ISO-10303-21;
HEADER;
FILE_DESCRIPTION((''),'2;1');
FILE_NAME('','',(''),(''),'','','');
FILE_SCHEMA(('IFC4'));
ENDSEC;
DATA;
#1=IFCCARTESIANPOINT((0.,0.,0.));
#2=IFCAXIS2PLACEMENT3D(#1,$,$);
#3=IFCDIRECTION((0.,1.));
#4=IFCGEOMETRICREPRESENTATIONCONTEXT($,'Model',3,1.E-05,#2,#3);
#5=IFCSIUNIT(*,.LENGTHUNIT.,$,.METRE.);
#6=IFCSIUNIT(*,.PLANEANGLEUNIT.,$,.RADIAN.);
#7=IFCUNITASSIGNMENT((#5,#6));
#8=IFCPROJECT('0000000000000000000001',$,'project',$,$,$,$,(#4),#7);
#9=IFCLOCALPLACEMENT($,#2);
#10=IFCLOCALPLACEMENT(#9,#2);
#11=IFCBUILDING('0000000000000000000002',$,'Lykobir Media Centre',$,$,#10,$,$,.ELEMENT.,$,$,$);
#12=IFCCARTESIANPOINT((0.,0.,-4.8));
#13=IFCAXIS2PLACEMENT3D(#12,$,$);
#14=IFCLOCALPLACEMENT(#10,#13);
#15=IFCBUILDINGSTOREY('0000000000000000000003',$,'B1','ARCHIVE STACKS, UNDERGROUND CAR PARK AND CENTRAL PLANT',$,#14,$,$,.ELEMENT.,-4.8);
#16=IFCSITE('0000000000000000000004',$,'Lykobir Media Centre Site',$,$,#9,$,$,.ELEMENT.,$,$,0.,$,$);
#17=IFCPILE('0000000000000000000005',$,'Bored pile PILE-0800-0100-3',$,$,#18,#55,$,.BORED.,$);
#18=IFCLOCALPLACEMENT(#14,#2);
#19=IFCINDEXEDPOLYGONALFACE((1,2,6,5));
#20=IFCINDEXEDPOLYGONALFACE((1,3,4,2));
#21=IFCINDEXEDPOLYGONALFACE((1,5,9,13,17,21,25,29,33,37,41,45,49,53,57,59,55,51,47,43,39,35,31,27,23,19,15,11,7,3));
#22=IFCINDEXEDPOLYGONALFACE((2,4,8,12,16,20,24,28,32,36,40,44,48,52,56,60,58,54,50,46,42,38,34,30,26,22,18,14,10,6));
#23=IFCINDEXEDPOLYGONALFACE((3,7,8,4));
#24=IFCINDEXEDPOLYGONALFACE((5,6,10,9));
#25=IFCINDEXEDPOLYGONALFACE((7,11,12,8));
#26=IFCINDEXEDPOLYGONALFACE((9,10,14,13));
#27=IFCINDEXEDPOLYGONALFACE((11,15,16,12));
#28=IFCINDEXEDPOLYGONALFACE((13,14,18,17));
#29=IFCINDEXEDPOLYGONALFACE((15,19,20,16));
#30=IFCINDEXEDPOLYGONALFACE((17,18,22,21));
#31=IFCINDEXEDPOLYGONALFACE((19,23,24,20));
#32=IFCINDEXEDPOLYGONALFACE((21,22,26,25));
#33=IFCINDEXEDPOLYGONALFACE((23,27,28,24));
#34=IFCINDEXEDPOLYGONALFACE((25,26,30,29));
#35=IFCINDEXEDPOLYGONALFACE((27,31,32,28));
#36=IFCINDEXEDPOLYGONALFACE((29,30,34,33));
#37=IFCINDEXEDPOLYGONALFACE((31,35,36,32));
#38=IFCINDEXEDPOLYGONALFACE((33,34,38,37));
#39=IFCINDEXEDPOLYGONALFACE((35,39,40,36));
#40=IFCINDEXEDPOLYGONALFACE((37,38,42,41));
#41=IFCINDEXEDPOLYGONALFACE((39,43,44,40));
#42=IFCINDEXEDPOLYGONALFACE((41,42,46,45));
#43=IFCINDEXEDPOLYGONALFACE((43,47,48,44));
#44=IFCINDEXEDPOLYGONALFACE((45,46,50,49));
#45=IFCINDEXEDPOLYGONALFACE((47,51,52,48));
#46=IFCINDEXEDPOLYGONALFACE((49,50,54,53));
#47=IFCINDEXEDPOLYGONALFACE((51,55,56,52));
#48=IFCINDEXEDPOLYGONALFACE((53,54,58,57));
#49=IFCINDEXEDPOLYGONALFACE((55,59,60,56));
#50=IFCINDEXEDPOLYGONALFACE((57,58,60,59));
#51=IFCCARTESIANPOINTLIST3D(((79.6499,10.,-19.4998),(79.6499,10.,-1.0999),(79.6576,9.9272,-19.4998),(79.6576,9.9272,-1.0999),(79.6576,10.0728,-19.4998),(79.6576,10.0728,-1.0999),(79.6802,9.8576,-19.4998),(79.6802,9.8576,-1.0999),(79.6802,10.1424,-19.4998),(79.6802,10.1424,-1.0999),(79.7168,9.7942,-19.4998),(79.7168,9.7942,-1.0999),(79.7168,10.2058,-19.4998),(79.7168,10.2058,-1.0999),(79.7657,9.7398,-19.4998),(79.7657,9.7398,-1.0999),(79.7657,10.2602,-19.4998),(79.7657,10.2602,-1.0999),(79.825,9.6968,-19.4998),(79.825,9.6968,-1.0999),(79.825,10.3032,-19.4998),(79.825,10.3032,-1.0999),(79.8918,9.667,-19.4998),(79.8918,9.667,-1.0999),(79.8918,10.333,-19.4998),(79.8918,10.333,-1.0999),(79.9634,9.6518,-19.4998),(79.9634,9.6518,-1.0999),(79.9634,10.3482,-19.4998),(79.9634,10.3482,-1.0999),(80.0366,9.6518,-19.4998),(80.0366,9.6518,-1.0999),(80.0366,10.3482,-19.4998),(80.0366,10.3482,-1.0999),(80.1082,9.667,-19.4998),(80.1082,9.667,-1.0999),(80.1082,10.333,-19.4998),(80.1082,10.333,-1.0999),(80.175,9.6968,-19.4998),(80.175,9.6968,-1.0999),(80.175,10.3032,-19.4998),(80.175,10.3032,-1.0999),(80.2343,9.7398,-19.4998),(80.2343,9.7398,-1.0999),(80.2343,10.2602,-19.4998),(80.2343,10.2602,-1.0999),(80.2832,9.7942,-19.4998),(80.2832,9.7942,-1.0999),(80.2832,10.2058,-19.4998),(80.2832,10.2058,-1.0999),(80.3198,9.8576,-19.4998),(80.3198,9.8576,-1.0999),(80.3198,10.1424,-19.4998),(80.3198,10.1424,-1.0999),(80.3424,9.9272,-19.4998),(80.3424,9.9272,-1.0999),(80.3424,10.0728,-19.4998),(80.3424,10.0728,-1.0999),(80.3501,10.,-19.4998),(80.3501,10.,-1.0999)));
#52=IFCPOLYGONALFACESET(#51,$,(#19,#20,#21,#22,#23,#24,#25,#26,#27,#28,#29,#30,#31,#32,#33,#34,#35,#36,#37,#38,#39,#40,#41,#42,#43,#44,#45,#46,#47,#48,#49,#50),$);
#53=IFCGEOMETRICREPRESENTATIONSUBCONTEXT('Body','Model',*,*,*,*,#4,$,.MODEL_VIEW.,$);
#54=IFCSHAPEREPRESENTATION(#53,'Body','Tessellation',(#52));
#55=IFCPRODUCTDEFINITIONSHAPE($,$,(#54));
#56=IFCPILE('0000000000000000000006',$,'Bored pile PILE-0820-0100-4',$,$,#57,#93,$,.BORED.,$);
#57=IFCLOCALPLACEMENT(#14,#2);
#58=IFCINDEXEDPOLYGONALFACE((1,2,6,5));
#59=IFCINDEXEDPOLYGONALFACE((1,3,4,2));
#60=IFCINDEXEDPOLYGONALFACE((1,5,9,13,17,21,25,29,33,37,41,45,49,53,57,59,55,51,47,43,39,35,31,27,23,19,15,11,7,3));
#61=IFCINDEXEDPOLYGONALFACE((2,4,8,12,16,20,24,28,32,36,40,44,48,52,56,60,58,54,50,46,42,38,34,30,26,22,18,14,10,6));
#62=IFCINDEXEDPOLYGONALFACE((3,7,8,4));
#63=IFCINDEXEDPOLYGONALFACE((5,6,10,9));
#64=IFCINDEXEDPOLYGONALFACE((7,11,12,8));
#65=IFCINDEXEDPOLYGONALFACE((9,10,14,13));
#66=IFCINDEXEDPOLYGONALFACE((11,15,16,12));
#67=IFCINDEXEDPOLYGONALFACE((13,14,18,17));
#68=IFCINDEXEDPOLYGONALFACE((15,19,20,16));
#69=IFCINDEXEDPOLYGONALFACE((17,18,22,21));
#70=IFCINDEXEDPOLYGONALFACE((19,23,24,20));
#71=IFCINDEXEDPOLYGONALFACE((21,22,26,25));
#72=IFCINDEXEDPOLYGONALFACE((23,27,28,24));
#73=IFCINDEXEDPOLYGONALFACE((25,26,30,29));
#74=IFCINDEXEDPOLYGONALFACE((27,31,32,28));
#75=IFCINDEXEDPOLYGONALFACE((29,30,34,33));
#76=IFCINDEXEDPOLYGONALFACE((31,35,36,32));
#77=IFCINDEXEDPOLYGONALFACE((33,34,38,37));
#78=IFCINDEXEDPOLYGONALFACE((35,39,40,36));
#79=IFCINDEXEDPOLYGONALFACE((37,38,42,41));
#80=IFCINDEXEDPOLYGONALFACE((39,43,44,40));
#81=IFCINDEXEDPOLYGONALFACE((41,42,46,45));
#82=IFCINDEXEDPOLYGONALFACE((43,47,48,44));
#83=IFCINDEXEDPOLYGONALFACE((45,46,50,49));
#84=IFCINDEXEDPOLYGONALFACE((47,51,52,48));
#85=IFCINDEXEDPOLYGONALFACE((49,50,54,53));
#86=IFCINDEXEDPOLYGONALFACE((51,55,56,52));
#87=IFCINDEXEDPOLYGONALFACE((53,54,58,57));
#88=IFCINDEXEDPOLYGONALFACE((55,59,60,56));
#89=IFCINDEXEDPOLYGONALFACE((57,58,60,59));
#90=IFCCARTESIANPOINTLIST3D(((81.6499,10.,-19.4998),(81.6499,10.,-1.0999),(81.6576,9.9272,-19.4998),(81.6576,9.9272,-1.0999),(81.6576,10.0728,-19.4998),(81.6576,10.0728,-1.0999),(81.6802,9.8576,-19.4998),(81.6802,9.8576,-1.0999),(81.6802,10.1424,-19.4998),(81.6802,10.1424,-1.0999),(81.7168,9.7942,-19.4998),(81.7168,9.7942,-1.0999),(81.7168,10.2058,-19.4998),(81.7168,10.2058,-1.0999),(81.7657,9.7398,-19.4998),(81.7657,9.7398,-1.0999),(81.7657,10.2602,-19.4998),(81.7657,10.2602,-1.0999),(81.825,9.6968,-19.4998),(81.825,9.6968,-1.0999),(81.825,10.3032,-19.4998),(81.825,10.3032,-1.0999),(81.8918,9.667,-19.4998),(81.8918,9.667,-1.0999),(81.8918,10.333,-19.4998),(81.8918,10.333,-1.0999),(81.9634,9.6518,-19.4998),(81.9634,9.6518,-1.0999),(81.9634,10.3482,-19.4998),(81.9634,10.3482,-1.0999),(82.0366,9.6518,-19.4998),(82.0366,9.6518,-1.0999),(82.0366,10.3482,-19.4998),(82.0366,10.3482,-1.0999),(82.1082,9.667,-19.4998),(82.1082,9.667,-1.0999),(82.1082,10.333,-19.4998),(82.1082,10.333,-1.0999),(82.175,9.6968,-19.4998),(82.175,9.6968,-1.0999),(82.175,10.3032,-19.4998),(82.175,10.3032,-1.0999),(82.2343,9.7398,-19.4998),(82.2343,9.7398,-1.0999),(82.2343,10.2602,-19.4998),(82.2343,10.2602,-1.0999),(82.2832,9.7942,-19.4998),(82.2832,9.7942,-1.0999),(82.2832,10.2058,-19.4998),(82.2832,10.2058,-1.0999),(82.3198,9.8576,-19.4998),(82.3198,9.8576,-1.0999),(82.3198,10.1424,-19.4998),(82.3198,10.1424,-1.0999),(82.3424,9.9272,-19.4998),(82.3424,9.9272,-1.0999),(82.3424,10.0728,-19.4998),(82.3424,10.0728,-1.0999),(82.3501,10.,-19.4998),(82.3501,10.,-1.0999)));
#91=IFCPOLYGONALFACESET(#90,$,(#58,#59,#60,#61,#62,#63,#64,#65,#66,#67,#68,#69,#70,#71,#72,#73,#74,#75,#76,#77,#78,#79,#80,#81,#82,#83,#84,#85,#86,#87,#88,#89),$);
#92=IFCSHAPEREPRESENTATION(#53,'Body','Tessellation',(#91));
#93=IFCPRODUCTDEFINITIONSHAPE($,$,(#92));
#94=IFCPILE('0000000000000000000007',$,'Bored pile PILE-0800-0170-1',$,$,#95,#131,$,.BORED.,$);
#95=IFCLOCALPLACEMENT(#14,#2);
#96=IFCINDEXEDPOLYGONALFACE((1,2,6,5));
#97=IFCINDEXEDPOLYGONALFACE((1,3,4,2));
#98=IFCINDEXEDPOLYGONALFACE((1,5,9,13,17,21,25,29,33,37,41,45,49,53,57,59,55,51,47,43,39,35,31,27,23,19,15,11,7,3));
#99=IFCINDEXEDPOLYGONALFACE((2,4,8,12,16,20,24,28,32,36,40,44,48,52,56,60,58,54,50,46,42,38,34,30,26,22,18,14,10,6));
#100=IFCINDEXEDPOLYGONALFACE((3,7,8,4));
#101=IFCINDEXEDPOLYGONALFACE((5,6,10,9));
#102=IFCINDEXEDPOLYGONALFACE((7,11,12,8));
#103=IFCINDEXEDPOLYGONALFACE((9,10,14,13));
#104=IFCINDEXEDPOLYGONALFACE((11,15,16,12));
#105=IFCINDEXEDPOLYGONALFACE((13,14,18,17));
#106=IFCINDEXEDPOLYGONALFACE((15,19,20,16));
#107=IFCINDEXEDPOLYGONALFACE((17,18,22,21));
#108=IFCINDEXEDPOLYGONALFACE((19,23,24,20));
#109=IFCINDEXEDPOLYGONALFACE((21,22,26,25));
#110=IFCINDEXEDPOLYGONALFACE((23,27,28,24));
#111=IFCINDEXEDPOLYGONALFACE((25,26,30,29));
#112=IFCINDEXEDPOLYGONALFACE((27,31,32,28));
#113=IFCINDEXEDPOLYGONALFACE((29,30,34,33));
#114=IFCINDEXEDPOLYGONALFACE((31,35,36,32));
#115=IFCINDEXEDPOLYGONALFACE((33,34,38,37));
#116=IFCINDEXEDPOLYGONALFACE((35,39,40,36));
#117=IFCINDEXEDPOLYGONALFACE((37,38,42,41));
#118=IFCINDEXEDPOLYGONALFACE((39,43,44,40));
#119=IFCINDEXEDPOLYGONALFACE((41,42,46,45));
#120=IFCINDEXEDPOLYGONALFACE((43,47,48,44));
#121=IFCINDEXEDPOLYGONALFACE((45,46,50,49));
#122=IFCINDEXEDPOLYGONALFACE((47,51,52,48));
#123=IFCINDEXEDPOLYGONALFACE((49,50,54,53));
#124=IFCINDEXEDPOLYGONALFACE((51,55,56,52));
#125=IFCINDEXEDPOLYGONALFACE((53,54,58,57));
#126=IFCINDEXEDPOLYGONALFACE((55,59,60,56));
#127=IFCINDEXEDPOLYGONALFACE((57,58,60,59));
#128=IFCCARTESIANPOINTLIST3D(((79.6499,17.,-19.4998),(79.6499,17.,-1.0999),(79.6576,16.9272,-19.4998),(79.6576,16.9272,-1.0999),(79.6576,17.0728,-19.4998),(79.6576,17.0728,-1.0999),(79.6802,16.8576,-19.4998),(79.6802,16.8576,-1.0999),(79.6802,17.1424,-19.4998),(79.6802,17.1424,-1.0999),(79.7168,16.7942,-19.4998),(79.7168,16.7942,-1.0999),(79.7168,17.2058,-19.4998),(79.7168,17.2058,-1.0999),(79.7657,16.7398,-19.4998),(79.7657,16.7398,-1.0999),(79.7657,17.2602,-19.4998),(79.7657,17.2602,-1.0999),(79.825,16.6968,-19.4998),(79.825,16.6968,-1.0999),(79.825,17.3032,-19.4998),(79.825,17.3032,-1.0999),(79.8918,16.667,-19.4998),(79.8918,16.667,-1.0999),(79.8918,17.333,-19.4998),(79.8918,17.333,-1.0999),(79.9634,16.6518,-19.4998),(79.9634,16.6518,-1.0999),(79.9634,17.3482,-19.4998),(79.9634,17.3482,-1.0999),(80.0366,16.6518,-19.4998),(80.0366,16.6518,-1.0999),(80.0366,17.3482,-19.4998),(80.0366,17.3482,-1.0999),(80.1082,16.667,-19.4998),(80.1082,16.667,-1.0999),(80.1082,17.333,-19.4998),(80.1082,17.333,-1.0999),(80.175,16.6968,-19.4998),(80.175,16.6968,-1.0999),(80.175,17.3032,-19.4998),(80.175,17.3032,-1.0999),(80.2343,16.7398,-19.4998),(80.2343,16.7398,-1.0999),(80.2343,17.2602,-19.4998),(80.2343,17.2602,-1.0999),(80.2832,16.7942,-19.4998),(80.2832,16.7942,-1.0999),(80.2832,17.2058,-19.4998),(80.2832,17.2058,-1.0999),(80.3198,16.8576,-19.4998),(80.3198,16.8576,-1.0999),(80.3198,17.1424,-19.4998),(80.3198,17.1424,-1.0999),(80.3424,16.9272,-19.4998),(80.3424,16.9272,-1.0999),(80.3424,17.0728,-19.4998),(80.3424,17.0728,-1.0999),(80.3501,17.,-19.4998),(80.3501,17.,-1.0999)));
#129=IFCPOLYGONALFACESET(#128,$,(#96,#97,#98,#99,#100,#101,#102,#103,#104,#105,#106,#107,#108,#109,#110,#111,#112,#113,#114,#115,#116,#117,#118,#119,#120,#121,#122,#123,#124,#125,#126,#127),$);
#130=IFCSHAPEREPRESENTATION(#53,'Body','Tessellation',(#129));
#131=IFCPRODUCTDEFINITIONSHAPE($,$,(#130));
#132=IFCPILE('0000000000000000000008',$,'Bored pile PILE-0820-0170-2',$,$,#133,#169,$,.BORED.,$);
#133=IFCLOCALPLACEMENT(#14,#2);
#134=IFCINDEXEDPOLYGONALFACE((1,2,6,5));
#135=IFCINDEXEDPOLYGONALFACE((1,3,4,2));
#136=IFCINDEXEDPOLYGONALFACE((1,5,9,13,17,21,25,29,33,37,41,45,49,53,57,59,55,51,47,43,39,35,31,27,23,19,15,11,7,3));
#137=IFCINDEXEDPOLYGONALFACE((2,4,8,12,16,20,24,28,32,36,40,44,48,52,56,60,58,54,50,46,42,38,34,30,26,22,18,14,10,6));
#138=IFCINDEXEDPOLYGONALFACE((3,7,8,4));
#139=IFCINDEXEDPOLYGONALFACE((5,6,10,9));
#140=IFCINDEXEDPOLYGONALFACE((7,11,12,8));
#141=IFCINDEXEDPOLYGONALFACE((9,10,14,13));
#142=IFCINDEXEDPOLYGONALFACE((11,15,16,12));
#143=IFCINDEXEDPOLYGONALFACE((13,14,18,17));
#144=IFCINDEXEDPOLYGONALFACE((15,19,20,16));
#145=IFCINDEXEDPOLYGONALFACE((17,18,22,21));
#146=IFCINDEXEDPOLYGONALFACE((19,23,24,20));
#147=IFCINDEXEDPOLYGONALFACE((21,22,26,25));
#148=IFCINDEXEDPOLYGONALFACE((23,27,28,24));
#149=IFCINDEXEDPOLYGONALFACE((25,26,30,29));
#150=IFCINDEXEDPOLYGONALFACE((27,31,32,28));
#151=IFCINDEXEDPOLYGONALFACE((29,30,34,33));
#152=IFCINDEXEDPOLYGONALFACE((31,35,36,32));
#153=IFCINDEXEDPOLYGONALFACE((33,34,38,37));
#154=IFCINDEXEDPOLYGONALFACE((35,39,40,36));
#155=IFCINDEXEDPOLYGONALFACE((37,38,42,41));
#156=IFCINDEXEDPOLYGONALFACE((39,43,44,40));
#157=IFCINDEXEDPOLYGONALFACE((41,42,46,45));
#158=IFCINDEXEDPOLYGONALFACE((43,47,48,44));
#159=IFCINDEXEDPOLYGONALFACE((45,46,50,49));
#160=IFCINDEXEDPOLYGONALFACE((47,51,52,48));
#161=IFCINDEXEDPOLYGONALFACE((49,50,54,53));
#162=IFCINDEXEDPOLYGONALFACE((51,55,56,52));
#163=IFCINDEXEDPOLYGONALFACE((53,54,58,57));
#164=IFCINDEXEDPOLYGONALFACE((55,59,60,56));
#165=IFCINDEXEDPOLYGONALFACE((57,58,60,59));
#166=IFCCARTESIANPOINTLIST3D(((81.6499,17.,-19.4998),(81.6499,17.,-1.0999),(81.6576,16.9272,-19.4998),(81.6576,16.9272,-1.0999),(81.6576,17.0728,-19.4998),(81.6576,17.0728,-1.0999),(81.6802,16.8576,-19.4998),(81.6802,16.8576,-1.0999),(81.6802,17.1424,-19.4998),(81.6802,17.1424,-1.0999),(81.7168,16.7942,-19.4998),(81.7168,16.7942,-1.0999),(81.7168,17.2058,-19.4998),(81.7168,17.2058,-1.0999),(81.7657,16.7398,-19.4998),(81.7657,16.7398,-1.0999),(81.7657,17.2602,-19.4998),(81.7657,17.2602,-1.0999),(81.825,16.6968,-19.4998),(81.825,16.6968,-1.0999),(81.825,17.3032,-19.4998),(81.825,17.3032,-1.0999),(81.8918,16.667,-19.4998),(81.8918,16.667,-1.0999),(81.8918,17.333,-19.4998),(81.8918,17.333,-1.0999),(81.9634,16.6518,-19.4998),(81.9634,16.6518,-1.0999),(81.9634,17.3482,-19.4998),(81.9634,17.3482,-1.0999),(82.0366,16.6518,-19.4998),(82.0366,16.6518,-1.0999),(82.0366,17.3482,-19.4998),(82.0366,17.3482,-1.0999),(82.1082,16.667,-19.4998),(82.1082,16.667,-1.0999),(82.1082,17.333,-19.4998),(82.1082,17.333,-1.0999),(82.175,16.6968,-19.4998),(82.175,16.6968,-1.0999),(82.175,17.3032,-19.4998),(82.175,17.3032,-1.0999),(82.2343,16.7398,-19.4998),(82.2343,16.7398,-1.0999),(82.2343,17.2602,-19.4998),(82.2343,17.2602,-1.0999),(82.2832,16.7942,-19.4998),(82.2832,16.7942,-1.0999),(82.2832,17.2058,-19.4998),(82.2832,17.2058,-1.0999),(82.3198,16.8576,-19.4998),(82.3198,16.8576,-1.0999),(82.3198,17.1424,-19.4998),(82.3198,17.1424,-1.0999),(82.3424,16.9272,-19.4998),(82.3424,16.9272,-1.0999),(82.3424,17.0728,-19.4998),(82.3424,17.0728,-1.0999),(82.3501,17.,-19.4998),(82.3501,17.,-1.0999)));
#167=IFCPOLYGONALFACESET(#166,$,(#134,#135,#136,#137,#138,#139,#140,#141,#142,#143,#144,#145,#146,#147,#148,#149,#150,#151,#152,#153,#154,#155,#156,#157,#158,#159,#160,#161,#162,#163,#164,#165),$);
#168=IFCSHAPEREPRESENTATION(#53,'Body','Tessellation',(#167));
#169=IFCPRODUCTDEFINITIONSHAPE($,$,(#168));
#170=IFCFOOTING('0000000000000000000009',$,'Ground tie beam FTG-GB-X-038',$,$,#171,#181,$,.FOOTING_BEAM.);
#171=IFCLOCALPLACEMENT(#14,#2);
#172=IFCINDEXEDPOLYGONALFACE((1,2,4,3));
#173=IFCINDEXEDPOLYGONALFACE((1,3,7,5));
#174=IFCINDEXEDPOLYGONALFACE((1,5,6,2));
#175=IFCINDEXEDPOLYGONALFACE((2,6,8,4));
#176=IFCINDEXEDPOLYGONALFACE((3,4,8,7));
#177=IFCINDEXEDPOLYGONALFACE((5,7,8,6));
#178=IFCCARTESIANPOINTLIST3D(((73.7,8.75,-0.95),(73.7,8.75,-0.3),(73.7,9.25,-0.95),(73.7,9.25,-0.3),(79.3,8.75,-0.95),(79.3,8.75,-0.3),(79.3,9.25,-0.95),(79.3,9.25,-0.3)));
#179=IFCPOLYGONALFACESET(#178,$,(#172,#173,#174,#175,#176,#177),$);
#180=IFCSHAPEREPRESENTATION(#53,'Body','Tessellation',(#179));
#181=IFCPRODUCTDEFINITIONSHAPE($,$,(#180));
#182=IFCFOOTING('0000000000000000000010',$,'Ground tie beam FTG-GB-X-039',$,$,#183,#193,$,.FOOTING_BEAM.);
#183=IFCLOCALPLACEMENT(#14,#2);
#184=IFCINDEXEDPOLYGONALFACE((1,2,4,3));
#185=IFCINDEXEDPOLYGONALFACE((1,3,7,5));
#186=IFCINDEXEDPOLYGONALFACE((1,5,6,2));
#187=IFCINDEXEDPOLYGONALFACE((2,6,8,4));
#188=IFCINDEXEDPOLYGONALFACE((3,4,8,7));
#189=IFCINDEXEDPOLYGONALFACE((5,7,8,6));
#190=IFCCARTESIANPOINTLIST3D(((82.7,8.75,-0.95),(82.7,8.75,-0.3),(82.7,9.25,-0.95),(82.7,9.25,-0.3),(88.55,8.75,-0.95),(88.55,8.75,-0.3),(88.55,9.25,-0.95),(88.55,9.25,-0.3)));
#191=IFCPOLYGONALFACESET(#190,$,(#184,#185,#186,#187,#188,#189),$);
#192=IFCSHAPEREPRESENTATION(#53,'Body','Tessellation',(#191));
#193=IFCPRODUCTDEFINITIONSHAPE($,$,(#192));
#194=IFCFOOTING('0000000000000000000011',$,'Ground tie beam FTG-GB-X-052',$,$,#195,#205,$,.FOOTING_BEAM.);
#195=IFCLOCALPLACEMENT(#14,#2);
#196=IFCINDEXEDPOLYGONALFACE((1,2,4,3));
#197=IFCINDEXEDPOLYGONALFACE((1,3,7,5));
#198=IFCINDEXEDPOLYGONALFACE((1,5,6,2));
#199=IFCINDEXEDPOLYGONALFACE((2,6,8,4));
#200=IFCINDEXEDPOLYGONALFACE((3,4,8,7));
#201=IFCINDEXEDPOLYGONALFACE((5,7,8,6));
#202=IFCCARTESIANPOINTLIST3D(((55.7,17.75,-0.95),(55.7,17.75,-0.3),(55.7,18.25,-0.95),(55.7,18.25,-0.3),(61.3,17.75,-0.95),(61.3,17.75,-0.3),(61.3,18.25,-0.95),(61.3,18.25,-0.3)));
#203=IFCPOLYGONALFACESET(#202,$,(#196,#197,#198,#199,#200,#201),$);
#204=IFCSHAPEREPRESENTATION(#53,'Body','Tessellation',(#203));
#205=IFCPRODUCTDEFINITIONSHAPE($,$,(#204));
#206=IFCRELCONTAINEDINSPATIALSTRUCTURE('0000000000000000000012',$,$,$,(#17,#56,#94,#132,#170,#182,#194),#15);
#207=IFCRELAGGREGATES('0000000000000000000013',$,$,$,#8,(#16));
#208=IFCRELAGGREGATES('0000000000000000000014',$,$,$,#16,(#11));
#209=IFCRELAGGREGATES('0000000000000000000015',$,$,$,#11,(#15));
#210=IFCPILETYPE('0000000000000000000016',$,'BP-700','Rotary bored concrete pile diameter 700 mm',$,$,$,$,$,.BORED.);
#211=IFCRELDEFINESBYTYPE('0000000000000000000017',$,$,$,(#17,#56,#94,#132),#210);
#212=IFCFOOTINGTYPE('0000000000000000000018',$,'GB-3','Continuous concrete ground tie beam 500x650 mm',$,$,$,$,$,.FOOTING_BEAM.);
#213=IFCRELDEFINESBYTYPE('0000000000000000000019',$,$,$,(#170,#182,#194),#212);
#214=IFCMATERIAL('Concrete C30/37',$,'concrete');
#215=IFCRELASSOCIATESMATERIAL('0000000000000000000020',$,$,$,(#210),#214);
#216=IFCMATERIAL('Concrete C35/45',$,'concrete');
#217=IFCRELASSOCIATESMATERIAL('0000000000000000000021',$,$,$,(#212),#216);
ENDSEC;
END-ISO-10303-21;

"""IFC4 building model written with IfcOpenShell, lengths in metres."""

from ifc_helpers import new_model, si_unit, direction, frame, origin, origin_2d, place, context, subcontext, project, spatial, rectangle, circle, extrude, material, material_profile, profile_set, type_object, element, save


model = new_model("IFC4")

# Units and contexts
model_context = context("Model", 3, precision=1e-05, world=origin(), true_north=direction((0.0, 1.0)))
body_context = subcontext(model_context, "Body", "Model", "MODEL_VIEW")
ifc_project = project(units=[si_unit("LENGTHUNIT", "METRE"), si_unit("PLANEANGLEUNIT", "RADIAN")], contexts=[model_context])

# Site, building, storey
site_placement = place(None, origin())
site = spatial("IfcSite", under=ifc_project, at=site_placement, Name="Lykobir Media Centre Site", CompositionType="ELEMENT", RefElevation=0.0)
building_placement = place(site_placement, origin())
building = spatial("IfcBuilding", under=site, at=building_placement, Name="Lykobir Media Centre", CompositionType="ELEMENT")
storey_placement = place(building_placement, frame((0.0, 0.0, -4.8)))
storey = spatial("IfcBuildingStorey", under=building, at=storey_placement, Name="B1", Description="ARCHIVE STACKS, UNDERGROUND CAR PARK AND CENTRAL PLANT", CompositionType="ELEMENT", Elevation=-4.8)

# Piles
ifc_material_1 = material(Name="Concrete C30/37", Category="concrete")
ifc_material_profile_1 = material_profile(ifc_material_1, circle(Radius=0.3501, at=origin_2d()), Name="BORED PILE D700")
ifc_profile_set_1 = profile_set([ifc_material_profile_1], Name="Concrete C30/37")
pile_type_1 = type_object("IfcPileType", Name="BP-700", Description="Rotary bored concrete pile diameter 700 mm", PredefinedType="BORED", material=ifc_profile_set_1)
for number, where, z_axis, x_axis, name in (
    (1, (80.0, 10.0, -1.0999), (0.0, 0.0, -1.0), (1.0, 0.0, 0.0), "Bored pile PILE-0800-0100-3"),
    (2, (82.0, 10.0, -1.0999), (0.0, 0.0, -1.0), (1.0, 0.0, 0.0), "Bored pile PILE-0820-0100-4"),
    (3, (80.0, 17.0, -1.0999), (0.0, 0.0, -1.0), (1.0, 0.0, 0.0), "Bored pile PILE-0800-0170-1"),
    (4, (82.0, 17.0, -1.0999), (0.0, 0.0, -1.0), (1.0, 0.0, 0.0), "Bored pile PILE-0820-0170-2"),
):
    element("IfcPile", number, at=place(storey_placement, frame(where, z_axis=z_axis, x_axis=x_axis)), inside=storey, type_object=pile_type_1, Name=name, PredefinedType="BORED", context=body_context, shape_type="SweptSolid", body=[
        extrude(circle(Radius=0.3501, at=origin_2d()), origin(), (0.0, 0.0, 1.0), 18.3999),
    ])

# Footings
ifc_material_2 = material(Name="Concrete C35/45", Category="concrete")
footing_type_1 = type_object("IfcFootingType", Name="GB-3", Description="Continuous concrete ground tie beam 500x650 mm", PredefinedType="FOOTING_BEAM", material=ifc_material_2)
footing_1_placement = place(storey_placement, frame((76.5, 9.0, -0.95), z_axis=(0.0, 0.0, 1.0), x_axis=(1.0, 0.0, 0.0)))
element("IfcFooting", 5, at=footing_1_placement, inside=storey, type_object=footing_type_1, Name="Ground tie beam FTG-GB-X-038", PredefinedType="FOOTING_BEAM", context=body_context, shape_type="SweptSolid", body=[
    extrude(rectangle(XDim=5.6001, YDim=0.5, at=origin_2d()), origin(), (0.0, 0.0, 1.0), 0.6499),
])
footing_2_placement = place(storey_placement, frame((85.625, 9.0, -0.95), z_axis=(0.0, 0.0, 1.0), x_axis=(1.0, 0.0, 0.0)))
element("IfcFooting", 6, at=footing_2_placement, inside=storey, type_object=footing_type_1, Name="Ground tie beam FTG-GB-X-039", PredefinedType="FOOTING_BEAM", context=body_context, shape_type="SweptSolid", body=[
    extrude(rectangle(XDim=5.8501, YDim=0.5, at=origin_2d()), origin(), (0.0, 0.0, 1.0), 0.6499),
])
footing_3_placement = place(storey_placement, frame((58.5, 18.0, -0.95), z_axis=(0.0, 0.0, 1.0), x_axis=(1.0, 0.0, 0.0)))
element("IfcFooting", 7, at=footing_3_placement, inside=storey, type_object=footing_type_1, Name="Ground tie beam FTG-GB-X-052", PredefinedType="FOOTING_BEAM", context=body_context, shape_type="SweptSolid", body=[
    extrude(rectangle(XDim=5.6001, YDim=0.5, at=origin_2d()), origin(), (0.0, 0.0, 1.0), 0.6499),
])

save(model, "model.ifc")
